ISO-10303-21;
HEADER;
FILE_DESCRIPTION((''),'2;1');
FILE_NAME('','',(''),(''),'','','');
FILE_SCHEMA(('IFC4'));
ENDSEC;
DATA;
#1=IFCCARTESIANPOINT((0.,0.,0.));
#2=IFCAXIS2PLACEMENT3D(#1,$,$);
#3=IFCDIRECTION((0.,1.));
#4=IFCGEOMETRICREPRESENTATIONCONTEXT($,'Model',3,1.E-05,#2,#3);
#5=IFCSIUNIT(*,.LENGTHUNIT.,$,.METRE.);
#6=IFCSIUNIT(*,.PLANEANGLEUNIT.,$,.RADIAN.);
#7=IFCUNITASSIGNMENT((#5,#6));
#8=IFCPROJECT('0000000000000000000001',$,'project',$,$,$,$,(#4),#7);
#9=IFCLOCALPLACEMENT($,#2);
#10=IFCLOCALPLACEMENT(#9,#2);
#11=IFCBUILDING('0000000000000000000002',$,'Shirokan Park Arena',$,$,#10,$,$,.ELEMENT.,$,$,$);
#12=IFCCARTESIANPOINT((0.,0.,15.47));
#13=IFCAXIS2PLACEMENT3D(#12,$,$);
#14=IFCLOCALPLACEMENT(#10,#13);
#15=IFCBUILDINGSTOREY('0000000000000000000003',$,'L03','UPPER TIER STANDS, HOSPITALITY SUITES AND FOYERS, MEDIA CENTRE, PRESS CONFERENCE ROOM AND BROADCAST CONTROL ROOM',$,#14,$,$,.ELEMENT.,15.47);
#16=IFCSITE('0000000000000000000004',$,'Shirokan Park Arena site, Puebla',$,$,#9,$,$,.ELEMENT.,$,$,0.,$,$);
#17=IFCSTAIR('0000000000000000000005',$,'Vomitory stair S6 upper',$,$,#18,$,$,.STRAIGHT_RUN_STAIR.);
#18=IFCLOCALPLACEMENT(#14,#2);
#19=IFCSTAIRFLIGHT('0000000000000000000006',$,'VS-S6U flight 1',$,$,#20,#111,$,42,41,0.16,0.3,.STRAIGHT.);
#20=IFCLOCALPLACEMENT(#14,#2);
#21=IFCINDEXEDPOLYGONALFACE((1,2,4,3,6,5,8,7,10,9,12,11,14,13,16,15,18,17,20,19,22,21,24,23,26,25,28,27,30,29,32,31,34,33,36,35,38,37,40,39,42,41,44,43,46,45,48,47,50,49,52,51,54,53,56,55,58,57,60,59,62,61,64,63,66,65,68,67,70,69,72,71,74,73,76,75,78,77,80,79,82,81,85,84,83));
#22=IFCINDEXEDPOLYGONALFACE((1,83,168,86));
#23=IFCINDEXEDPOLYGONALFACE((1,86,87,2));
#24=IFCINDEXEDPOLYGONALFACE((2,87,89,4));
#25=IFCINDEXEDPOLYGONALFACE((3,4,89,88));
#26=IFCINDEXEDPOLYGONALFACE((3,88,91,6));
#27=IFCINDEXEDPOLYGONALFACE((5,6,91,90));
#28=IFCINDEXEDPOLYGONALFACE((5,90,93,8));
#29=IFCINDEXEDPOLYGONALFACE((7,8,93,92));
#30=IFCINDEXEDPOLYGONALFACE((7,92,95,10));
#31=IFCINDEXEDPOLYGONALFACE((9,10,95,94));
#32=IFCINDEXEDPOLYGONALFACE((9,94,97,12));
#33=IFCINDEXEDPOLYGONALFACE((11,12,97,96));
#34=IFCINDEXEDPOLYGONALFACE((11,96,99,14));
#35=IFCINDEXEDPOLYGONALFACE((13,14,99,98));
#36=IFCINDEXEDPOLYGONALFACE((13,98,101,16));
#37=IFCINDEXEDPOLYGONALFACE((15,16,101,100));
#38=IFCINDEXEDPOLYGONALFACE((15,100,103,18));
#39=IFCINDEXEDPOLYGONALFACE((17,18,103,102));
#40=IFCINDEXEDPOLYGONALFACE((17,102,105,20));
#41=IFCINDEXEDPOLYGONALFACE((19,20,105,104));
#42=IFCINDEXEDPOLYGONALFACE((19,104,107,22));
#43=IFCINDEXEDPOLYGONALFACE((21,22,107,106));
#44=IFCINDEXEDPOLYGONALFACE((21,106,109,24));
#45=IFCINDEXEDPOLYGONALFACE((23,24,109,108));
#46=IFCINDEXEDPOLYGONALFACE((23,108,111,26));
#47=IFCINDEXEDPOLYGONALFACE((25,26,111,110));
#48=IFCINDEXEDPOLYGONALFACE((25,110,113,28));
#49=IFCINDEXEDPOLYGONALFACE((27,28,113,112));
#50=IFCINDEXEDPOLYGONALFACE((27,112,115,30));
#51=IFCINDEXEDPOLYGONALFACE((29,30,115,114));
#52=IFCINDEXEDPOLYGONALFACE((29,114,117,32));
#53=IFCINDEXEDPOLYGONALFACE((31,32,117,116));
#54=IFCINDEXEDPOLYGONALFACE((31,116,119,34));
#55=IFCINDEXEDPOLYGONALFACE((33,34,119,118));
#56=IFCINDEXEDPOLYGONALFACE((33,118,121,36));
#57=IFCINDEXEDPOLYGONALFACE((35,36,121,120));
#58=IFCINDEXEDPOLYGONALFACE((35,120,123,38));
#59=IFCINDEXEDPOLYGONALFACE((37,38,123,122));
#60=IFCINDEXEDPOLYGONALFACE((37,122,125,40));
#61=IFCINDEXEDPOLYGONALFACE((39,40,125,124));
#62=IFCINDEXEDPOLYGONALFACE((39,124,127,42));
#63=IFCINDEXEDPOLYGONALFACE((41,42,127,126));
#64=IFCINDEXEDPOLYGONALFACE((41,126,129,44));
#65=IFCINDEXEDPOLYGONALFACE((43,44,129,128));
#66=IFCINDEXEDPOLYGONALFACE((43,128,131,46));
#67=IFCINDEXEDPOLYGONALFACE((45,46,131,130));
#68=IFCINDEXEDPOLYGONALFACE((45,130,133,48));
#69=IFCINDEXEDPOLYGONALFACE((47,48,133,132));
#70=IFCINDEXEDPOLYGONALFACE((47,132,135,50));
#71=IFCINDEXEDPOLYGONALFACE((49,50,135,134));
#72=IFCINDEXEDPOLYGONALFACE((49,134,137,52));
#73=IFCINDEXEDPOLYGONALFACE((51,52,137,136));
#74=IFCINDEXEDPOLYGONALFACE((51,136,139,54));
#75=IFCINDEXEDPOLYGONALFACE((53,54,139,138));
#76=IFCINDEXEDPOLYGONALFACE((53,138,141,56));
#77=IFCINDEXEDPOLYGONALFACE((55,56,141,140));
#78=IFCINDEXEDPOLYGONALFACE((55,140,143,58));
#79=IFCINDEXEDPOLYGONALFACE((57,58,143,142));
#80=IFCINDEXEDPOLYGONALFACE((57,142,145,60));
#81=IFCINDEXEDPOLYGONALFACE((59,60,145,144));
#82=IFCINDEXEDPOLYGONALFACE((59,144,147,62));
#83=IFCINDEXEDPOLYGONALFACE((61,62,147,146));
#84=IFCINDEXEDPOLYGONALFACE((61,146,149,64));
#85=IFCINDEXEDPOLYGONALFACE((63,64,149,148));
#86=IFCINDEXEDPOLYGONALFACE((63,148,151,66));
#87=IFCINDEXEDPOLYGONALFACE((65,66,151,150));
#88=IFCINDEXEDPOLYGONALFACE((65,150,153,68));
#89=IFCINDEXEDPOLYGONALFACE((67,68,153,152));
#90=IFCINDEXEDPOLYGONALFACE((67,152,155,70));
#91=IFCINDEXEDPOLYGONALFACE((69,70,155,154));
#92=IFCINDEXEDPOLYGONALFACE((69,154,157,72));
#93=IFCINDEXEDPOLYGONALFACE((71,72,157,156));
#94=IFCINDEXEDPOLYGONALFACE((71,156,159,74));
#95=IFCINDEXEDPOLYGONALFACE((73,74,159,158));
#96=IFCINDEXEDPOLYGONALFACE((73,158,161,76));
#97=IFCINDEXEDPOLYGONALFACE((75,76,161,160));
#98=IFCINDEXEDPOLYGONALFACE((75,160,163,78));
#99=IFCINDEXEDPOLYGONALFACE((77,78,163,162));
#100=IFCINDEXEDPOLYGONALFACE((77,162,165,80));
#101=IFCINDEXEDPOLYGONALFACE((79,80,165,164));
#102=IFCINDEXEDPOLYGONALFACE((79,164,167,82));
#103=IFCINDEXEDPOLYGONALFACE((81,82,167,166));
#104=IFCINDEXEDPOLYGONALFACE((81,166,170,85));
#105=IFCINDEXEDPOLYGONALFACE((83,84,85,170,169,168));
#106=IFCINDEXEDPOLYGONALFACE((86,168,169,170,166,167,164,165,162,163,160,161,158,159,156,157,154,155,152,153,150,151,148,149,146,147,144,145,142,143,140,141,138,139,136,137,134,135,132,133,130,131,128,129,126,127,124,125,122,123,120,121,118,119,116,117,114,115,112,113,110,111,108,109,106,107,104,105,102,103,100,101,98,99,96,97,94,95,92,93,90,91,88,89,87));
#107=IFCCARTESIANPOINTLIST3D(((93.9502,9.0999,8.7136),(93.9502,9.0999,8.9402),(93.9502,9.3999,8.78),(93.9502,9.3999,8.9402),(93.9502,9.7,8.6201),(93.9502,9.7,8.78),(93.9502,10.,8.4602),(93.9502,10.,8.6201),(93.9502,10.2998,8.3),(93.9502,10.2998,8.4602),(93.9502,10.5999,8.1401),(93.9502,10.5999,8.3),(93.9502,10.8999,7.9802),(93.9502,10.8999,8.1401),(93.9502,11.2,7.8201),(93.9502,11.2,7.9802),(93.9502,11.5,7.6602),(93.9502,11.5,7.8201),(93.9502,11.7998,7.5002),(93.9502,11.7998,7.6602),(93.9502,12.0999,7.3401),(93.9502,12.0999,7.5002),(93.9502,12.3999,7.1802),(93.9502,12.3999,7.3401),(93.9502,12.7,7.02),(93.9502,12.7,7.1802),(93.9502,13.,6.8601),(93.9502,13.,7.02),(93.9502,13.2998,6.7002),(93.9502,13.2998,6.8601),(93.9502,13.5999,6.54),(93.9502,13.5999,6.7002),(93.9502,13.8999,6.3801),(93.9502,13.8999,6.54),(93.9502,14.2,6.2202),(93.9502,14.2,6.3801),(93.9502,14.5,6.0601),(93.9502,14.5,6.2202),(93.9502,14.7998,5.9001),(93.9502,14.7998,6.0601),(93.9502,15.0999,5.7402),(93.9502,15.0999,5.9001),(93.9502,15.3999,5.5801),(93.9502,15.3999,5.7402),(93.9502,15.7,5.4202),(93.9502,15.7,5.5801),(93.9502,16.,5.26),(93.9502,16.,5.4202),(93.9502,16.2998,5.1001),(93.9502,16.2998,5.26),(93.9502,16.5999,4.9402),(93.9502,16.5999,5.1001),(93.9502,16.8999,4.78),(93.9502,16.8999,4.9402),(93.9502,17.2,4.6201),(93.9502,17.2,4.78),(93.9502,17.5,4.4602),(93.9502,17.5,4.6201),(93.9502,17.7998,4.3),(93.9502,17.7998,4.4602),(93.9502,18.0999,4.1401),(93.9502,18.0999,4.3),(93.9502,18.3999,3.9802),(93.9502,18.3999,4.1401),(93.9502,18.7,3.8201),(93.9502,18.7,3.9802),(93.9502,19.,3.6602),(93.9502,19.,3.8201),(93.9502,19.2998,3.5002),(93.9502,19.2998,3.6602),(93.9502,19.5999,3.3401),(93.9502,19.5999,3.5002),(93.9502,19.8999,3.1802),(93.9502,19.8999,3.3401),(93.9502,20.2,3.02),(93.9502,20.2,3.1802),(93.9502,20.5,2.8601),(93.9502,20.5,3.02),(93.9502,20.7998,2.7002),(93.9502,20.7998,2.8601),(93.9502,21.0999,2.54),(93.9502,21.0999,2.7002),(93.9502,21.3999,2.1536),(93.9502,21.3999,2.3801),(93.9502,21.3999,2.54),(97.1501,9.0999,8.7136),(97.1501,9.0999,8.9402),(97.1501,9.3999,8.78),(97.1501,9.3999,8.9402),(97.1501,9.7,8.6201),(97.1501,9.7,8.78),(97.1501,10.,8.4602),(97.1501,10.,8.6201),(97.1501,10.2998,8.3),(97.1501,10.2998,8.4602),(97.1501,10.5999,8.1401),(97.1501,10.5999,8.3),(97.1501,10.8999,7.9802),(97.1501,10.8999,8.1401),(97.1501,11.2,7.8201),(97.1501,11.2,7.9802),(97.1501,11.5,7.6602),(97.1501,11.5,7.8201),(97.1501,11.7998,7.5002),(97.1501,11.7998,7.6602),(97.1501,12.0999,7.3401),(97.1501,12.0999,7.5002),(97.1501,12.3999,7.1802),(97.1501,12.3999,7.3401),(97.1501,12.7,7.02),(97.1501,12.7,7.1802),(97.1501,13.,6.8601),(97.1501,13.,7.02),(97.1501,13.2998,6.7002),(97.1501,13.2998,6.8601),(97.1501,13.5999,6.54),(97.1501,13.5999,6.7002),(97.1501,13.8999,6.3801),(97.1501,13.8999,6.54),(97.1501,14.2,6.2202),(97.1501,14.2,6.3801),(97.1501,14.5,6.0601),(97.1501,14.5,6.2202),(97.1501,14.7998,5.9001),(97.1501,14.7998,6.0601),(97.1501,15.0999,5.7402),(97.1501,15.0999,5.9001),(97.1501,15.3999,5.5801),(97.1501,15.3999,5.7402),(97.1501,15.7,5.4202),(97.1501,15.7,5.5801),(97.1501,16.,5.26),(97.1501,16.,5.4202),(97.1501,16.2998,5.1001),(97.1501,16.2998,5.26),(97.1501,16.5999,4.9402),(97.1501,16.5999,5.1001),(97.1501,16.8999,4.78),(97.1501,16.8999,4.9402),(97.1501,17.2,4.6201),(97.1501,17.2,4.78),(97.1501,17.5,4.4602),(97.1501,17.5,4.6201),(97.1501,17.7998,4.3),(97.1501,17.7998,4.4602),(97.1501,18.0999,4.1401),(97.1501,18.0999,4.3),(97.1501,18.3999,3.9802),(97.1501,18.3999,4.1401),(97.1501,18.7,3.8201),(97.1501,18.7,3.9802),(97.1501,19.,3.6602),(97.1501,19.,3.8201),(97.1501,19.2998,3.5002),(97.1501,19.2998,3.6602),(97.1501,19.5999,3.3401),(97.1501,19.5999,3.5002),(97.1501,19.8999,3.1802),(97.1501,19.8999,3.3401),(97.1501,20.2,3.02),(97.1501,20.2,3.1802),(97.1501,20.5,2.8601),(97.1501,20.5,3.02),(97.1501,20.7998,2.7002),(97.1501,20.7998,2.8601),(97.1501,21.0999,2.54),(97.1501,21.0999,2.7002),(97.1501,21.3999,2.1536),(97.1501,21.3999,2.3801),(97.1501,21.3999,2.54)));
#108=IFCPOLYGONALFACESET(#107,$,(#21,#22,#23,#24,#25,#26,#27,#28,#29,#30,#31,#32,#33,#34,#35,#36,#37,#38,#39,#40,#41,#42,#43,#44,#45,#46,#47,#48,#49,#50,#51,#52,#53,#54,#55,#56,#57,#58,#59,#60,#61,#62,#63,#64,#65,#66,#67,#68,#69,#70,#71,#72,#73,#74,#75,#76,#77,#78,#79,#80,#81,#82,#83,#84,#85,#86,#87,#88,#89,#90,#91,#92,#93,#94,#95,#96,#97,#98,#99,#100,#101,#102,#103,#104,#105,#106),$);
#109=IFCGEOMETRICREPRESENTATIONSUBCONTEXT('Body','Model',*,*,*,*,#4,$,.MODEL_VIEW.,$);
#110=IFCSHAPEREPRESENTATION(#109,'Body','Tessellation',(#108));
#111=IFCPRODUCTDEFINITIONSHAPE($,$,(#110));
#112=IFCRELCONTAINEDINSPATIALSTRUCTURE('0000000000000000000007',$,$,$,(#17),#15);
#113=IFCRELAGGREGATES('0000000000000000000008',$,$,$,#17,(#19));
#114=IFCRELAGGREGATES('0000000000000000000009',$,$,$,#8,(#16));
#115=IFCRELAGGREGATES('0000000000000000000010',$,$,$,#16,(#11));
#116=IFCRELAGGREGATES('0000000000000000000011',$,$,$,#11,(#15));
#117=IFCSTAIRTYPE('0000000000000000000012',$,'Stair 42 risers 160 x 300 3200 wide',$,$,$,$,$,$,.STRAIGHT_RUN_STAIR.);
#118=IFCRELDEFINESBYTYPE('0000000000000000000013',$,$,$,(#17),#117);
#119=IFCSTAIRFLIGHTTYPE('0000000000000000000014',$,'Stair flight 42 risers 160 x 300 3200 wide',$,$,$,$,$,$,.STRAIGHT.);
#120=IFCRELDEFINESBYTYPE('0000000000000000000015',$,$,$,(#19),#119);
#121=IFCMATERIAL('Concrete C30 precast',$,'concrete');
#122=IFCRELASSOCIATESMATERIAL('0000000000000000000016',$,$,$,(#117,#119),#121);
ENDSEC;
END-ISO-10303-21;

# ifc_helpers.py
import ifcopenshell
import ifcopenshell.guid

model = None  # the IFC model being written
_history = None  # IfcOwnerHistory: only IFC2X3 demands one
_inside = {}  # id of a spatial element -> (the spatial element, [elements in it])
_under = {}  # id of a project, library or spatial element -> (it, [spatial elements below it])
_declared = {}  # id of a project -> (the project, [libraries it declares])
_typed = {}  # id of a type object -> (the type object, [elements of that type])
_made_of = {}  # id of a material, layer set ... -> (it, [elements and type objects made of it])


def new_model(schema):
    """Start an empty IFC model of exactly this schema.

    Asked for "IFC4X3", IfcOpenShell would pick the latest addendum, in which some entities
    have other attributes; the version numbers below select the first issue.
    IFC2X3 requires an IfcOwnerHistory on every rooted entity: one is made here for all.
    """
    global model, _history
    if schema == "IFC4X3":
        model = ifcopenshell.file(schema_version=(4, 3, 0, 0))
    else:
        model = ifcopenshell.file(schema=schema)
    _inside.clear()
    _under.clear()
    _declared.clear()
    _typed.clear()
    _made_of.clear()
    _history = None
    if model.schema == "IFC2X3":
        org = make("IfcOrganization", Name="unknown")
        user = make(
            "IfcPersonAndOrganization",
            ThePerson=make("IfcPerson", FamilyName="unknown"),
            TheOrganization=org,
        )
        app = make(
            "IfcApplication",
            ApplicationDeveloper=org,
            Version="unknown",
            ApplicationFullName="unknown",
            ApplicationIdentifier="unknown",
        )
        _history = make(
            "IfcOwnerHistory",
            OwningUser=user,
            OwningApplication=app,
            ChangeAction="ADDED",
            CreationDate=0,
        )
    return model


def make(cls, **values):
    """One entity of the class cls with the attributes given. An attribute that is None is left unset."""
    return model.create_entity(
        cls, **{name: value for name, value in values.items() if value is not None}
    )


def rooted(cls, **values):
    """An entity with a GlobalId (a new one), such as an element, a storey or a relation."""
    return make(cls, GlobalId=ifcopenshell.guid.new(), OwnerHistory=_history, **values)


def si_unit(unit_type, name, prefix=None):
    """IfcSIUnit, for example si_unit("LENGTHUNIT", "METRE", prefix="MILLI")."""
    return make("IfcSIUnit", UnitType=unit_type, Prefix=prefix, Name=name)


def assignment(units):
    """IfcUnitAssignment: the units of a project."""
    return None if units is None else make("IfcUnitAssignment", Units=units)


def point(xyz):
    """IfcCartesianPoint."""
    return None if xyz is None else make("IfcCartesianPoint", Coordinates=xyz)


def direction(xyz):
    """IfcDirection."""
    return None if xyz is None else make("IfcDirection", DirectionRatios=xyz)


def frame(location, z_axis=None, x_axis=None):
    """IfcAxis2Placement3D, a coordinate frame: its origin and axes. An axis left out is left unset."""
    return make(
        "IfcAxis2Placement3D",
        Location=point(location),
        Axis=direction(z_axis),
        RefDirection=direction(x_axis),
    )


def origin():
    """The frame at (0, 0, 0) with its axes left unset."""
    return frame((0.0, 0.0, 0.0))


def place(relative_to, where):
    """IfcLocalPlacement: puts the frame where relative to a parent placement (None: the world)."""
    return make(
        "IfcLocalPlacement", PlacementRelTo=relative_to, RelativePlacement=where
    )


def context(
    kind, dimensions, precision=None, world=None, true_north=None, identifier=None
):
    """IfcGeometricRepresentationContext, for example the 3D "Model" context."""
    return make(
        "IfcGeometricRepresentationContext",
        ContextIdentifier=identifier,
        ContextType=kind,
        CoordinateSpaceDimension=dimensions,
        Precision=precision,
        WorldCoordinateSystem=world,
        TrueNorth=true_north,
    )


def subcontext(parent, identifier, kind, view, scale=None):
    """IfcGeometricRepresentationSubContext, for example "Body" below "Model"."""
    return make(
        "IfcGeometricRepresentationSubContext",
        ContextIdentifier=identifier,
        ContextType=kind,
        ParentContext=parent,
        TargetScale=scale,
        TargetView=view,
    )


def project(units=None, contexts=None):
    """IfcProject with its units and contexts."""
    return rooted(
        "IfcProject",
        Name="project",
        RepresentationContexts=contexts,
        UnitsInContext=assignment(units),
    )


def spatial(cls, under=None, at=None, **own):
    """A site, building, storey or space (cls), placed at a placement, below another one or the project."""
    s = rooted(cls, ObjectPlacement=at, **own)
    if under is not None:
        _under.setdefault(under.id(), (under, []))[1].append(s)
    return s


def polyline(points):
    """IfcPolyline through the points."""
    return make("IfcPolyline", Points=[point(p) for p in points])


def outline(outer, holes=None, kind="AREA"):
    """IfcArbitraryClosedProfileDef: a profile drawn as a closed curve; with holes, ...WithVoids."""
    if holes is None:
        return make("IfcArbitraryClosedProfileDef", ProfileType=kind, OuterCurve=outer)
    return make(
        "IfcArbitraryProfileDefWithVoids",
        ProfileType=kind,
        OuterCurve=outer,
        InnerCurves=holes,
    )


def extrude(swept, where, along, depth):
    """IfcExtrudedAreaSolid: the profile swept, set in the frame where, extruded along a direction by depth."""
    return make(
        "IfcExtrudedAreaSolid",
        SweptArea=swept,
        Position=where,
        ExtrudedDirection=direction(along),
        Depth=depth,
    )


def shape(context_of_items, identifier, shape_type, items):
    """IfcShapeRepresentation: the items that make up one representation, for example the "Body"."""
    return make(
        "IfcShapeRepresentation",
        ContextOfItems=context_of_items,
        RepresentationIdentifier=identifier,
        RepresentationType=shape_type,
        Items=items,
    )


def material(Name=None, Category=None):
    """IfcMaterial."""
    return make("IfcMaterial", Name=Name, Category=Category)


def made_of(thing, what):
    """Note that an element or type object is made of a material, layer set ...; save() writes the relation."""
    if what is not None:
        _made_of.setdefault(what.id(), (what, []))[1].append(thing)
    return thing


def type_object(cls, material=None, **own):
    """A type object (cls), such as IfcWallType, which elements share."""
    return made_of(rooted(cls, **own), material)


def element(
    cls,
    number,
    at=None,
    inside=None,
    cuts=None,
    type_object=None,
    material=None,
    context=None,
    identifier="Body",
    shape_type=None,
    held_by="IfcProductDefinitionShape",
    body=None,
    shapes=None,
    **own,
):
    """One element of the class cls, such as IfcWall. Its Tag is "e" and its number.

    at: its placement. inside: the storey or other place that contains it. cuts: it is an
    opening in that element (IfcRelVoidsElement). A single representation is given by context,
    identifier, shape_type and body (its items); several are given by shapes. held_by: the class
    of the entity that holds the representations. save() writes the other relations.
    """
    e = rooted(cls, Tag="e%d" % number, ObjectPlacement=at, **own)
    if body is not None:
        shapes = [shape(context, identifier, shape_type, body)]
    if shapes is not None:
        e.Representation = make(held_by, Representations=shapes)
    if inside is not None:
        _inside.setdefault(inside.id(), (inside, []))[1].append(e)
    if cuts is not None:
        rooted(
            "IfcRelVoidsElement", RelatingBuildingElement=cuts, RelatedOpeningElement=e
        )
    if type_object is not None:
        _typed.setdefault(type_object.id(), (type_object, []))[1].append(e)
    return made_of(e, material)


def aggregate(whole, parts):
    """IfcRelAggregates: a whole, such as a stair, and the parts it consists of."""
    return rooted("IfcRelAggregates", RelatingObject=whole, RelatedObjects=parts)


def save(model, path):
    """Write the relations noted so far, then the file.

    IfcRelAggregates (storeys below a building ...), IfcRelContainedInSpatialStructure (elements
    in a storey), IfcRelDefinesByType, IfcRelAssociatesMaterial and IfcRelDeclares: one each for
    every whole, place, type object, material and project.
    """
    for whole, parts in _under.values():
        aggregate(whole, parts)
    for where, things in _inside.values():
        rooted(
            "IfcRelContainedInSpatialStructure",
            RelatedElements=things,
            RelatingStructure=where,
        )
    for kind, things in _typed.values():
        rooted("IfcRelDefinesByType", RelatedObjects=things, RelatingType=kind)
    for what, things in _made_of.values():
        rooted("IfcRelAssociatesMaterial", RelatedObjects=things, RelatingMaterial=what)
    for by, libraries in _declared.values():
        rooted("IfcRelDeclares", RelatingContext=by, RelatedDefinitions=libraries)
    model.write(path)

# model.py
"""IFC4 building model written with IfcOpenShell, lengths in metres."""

from ifc_helpers import new_model, si_unit, direction, frame, origin, place, context, subcontext, project, spatial, polyline, outline, extrude, material, type_object, element, aggregate, save


model = new_model("IFC4")

# Units and contexts
model_context = context("Model", 3, precision=1e-05, world=origin(), true_north=direction((0.0, 1.0)))
body_context = subcontext(model_context, "Body", "Model", "MODEL_VIEW")
ifc_project = project(units=[si_unit("LENGTHUNIT", "METRE"), si_unit("PLANEANGLEUNIT", "RADIAN")], contexts=[model_context])

# Site, building, storey
site_placement = place(None, origin())
site = spatial("IfcSite", under=ifc_project, at=site_placement, Name="Shirokan Park Arena site, Puebla", CompositionType="ELEMENT", RefElevation=0.0)
building_placement = place(site_placement, origin())
building = spatial("IfcBuilding", under=site, at=building_placement, Name="Shirokan Park Arena", CompositionType="ELEMENT")
storey_placement = place(building_placement, frame((0.0, 0.0, 15.47)))
storey = spatial("IfcBuildingStorey", under=building, at=storey_placement, Name="L03", Description="UPPER TIER STANDS, HOSPITALITY SUITES AND FOYERS, MEDIA CENTRE, PRESS CONFERENCE ROOM AND BROADCAST CONTROL ROOM", CompositionType="ELEMENT", Elevation=15.47)

# Stair, stair flight
ifc_material_1 = material(Name="Concrete C30 precast", Category="concrete")
stair_type = type_object("IfcStairType", Name="Stair 42 risers 160 x 300 3200 wide", PredefinedType="STRAIGHT_RUN_STAIR", material=ifc_material_1)
stair_placement = place(storey_placement, origin())
stair = element("IfcStair", 1, at=stair_placement, inside=storey, type_object=stair_type, Name="Vomitory stair S6 upper", PredefinedType="STRAIGHT_RUN_STAIR")
stair_flight_type = type_object("IfcStairFlightType", Name="Stair flight 42 risers 160 x 300 3200 wide", PredefinedType="STRAIGHT", material=ifc_material_1)
stair_flight_placement = place(storey_placement, frame((95.55, 21.3999, 2.3801), z_axis=(0.0, 0.0, 1.0), x_axis=(0.0, -1.0, 0.0)))
stair_flight = element("IfcStairFlight", 2, at=stair_flight_placement, type_object=stair_flight_type, Name="VS-S6U flight 1", NumberOfRisers=42, NumberOfTreads=41, PredefinedType="STRAIGHT", RiserHeight=0.16, TreadLength=0.3, context=body_context, shape_type="SweptSolid", body=[
    extrude(outline(polyline([(0.0, -0.2266), (0.0, 0.0), (0.0, 0.1599), (0.3, 0.1599), (0.3, 0.3201), (0.6001, 0.3201), (0.6001, 0.48), (0.8999, 0.48), (0.8999, 0.6399), (1.2, 0.6399), (1.2, 0.8), (1.5, 0.8), (1.5, 0.96), (1.8, 0.96), (1.8, 1.1201), (2.1001, 1.1201), (2.1001, 1.28), (2.3999, 1.28), (2.3999, 1.4399), (2.7, 1.4399), (2.7, 1.6001), (3.0, 1.6001), (3.0, 1.76), (3.3, 1.76), (3.3, 1.9199), (3.6001, 1.9199), (3.6001, 2.0801), (3.8999, 2.0801), (3.8999, 2.24), (4.2, 2.24), (4.2, 2.3999), (4.5, 2.3999), (4.5, 2.5601), (4.8, 2.5601), (4.8, 2.72), (5.1001, 2.72), (5.1001, 2.8799), (5.3999, 2.8799), (5.3999, 3.04), (5.7, 3.04), (5.7, 3.2), (6.0, 3.2), (6.0, 3.3601), (6.3, 3.3601), (6.3, 3.52), (6.6001, 3.52), (6.6001, 3.6799), (6.8999, 3.6799), (6.8999, 3.8401), (7.2, 3.8401), (7.2, 4.0), (7.5, 4.0), (7.5, 4.1599), (7.8, 4.1599), (7.8, 4.3201), (8.1001, 4.3201), (8.1001, 4.48), (8.3999, 4.48), (8.3999, 4.6399), (8.7, 4.6399), (8.7, 4.8), (9.0, 4.8), (9.0, 4.96), (9.3, 4.96), (9.3, 5.1201), (9.6001, 5.1201), (9.6001, 5.28), (9.8999, 5.28), (9.8999, 5.4399), (10.2, 5.4399), (10.2, 5.6001), (10.5, 5.6001), (10.5, 5.76), (10.8, 5.76), (10.8, 5.9199), (11.1001, 5.9199), (11.1001, 6.0801), (11.3999, 6.0801), (11.3999, 6.24), (11.7, 6.24), (11.7, 6.3999), (12.0, 6.3999), (12.0, 6.5601), (12.3, 6.5601), (12.3, 6.72), (12.3, 6.3335), (0.0, -0.2266)])), frame((0.0, 1.6001, 0.0), z_axis=(0.0, -1.0, 0.0), x_axis=(1.0, 0.0, 0.0)), (0.0, 0.0, 1.0), 3.2),
])
aggregate(stair, [stair_flight])

save(model, "model.ifc")
